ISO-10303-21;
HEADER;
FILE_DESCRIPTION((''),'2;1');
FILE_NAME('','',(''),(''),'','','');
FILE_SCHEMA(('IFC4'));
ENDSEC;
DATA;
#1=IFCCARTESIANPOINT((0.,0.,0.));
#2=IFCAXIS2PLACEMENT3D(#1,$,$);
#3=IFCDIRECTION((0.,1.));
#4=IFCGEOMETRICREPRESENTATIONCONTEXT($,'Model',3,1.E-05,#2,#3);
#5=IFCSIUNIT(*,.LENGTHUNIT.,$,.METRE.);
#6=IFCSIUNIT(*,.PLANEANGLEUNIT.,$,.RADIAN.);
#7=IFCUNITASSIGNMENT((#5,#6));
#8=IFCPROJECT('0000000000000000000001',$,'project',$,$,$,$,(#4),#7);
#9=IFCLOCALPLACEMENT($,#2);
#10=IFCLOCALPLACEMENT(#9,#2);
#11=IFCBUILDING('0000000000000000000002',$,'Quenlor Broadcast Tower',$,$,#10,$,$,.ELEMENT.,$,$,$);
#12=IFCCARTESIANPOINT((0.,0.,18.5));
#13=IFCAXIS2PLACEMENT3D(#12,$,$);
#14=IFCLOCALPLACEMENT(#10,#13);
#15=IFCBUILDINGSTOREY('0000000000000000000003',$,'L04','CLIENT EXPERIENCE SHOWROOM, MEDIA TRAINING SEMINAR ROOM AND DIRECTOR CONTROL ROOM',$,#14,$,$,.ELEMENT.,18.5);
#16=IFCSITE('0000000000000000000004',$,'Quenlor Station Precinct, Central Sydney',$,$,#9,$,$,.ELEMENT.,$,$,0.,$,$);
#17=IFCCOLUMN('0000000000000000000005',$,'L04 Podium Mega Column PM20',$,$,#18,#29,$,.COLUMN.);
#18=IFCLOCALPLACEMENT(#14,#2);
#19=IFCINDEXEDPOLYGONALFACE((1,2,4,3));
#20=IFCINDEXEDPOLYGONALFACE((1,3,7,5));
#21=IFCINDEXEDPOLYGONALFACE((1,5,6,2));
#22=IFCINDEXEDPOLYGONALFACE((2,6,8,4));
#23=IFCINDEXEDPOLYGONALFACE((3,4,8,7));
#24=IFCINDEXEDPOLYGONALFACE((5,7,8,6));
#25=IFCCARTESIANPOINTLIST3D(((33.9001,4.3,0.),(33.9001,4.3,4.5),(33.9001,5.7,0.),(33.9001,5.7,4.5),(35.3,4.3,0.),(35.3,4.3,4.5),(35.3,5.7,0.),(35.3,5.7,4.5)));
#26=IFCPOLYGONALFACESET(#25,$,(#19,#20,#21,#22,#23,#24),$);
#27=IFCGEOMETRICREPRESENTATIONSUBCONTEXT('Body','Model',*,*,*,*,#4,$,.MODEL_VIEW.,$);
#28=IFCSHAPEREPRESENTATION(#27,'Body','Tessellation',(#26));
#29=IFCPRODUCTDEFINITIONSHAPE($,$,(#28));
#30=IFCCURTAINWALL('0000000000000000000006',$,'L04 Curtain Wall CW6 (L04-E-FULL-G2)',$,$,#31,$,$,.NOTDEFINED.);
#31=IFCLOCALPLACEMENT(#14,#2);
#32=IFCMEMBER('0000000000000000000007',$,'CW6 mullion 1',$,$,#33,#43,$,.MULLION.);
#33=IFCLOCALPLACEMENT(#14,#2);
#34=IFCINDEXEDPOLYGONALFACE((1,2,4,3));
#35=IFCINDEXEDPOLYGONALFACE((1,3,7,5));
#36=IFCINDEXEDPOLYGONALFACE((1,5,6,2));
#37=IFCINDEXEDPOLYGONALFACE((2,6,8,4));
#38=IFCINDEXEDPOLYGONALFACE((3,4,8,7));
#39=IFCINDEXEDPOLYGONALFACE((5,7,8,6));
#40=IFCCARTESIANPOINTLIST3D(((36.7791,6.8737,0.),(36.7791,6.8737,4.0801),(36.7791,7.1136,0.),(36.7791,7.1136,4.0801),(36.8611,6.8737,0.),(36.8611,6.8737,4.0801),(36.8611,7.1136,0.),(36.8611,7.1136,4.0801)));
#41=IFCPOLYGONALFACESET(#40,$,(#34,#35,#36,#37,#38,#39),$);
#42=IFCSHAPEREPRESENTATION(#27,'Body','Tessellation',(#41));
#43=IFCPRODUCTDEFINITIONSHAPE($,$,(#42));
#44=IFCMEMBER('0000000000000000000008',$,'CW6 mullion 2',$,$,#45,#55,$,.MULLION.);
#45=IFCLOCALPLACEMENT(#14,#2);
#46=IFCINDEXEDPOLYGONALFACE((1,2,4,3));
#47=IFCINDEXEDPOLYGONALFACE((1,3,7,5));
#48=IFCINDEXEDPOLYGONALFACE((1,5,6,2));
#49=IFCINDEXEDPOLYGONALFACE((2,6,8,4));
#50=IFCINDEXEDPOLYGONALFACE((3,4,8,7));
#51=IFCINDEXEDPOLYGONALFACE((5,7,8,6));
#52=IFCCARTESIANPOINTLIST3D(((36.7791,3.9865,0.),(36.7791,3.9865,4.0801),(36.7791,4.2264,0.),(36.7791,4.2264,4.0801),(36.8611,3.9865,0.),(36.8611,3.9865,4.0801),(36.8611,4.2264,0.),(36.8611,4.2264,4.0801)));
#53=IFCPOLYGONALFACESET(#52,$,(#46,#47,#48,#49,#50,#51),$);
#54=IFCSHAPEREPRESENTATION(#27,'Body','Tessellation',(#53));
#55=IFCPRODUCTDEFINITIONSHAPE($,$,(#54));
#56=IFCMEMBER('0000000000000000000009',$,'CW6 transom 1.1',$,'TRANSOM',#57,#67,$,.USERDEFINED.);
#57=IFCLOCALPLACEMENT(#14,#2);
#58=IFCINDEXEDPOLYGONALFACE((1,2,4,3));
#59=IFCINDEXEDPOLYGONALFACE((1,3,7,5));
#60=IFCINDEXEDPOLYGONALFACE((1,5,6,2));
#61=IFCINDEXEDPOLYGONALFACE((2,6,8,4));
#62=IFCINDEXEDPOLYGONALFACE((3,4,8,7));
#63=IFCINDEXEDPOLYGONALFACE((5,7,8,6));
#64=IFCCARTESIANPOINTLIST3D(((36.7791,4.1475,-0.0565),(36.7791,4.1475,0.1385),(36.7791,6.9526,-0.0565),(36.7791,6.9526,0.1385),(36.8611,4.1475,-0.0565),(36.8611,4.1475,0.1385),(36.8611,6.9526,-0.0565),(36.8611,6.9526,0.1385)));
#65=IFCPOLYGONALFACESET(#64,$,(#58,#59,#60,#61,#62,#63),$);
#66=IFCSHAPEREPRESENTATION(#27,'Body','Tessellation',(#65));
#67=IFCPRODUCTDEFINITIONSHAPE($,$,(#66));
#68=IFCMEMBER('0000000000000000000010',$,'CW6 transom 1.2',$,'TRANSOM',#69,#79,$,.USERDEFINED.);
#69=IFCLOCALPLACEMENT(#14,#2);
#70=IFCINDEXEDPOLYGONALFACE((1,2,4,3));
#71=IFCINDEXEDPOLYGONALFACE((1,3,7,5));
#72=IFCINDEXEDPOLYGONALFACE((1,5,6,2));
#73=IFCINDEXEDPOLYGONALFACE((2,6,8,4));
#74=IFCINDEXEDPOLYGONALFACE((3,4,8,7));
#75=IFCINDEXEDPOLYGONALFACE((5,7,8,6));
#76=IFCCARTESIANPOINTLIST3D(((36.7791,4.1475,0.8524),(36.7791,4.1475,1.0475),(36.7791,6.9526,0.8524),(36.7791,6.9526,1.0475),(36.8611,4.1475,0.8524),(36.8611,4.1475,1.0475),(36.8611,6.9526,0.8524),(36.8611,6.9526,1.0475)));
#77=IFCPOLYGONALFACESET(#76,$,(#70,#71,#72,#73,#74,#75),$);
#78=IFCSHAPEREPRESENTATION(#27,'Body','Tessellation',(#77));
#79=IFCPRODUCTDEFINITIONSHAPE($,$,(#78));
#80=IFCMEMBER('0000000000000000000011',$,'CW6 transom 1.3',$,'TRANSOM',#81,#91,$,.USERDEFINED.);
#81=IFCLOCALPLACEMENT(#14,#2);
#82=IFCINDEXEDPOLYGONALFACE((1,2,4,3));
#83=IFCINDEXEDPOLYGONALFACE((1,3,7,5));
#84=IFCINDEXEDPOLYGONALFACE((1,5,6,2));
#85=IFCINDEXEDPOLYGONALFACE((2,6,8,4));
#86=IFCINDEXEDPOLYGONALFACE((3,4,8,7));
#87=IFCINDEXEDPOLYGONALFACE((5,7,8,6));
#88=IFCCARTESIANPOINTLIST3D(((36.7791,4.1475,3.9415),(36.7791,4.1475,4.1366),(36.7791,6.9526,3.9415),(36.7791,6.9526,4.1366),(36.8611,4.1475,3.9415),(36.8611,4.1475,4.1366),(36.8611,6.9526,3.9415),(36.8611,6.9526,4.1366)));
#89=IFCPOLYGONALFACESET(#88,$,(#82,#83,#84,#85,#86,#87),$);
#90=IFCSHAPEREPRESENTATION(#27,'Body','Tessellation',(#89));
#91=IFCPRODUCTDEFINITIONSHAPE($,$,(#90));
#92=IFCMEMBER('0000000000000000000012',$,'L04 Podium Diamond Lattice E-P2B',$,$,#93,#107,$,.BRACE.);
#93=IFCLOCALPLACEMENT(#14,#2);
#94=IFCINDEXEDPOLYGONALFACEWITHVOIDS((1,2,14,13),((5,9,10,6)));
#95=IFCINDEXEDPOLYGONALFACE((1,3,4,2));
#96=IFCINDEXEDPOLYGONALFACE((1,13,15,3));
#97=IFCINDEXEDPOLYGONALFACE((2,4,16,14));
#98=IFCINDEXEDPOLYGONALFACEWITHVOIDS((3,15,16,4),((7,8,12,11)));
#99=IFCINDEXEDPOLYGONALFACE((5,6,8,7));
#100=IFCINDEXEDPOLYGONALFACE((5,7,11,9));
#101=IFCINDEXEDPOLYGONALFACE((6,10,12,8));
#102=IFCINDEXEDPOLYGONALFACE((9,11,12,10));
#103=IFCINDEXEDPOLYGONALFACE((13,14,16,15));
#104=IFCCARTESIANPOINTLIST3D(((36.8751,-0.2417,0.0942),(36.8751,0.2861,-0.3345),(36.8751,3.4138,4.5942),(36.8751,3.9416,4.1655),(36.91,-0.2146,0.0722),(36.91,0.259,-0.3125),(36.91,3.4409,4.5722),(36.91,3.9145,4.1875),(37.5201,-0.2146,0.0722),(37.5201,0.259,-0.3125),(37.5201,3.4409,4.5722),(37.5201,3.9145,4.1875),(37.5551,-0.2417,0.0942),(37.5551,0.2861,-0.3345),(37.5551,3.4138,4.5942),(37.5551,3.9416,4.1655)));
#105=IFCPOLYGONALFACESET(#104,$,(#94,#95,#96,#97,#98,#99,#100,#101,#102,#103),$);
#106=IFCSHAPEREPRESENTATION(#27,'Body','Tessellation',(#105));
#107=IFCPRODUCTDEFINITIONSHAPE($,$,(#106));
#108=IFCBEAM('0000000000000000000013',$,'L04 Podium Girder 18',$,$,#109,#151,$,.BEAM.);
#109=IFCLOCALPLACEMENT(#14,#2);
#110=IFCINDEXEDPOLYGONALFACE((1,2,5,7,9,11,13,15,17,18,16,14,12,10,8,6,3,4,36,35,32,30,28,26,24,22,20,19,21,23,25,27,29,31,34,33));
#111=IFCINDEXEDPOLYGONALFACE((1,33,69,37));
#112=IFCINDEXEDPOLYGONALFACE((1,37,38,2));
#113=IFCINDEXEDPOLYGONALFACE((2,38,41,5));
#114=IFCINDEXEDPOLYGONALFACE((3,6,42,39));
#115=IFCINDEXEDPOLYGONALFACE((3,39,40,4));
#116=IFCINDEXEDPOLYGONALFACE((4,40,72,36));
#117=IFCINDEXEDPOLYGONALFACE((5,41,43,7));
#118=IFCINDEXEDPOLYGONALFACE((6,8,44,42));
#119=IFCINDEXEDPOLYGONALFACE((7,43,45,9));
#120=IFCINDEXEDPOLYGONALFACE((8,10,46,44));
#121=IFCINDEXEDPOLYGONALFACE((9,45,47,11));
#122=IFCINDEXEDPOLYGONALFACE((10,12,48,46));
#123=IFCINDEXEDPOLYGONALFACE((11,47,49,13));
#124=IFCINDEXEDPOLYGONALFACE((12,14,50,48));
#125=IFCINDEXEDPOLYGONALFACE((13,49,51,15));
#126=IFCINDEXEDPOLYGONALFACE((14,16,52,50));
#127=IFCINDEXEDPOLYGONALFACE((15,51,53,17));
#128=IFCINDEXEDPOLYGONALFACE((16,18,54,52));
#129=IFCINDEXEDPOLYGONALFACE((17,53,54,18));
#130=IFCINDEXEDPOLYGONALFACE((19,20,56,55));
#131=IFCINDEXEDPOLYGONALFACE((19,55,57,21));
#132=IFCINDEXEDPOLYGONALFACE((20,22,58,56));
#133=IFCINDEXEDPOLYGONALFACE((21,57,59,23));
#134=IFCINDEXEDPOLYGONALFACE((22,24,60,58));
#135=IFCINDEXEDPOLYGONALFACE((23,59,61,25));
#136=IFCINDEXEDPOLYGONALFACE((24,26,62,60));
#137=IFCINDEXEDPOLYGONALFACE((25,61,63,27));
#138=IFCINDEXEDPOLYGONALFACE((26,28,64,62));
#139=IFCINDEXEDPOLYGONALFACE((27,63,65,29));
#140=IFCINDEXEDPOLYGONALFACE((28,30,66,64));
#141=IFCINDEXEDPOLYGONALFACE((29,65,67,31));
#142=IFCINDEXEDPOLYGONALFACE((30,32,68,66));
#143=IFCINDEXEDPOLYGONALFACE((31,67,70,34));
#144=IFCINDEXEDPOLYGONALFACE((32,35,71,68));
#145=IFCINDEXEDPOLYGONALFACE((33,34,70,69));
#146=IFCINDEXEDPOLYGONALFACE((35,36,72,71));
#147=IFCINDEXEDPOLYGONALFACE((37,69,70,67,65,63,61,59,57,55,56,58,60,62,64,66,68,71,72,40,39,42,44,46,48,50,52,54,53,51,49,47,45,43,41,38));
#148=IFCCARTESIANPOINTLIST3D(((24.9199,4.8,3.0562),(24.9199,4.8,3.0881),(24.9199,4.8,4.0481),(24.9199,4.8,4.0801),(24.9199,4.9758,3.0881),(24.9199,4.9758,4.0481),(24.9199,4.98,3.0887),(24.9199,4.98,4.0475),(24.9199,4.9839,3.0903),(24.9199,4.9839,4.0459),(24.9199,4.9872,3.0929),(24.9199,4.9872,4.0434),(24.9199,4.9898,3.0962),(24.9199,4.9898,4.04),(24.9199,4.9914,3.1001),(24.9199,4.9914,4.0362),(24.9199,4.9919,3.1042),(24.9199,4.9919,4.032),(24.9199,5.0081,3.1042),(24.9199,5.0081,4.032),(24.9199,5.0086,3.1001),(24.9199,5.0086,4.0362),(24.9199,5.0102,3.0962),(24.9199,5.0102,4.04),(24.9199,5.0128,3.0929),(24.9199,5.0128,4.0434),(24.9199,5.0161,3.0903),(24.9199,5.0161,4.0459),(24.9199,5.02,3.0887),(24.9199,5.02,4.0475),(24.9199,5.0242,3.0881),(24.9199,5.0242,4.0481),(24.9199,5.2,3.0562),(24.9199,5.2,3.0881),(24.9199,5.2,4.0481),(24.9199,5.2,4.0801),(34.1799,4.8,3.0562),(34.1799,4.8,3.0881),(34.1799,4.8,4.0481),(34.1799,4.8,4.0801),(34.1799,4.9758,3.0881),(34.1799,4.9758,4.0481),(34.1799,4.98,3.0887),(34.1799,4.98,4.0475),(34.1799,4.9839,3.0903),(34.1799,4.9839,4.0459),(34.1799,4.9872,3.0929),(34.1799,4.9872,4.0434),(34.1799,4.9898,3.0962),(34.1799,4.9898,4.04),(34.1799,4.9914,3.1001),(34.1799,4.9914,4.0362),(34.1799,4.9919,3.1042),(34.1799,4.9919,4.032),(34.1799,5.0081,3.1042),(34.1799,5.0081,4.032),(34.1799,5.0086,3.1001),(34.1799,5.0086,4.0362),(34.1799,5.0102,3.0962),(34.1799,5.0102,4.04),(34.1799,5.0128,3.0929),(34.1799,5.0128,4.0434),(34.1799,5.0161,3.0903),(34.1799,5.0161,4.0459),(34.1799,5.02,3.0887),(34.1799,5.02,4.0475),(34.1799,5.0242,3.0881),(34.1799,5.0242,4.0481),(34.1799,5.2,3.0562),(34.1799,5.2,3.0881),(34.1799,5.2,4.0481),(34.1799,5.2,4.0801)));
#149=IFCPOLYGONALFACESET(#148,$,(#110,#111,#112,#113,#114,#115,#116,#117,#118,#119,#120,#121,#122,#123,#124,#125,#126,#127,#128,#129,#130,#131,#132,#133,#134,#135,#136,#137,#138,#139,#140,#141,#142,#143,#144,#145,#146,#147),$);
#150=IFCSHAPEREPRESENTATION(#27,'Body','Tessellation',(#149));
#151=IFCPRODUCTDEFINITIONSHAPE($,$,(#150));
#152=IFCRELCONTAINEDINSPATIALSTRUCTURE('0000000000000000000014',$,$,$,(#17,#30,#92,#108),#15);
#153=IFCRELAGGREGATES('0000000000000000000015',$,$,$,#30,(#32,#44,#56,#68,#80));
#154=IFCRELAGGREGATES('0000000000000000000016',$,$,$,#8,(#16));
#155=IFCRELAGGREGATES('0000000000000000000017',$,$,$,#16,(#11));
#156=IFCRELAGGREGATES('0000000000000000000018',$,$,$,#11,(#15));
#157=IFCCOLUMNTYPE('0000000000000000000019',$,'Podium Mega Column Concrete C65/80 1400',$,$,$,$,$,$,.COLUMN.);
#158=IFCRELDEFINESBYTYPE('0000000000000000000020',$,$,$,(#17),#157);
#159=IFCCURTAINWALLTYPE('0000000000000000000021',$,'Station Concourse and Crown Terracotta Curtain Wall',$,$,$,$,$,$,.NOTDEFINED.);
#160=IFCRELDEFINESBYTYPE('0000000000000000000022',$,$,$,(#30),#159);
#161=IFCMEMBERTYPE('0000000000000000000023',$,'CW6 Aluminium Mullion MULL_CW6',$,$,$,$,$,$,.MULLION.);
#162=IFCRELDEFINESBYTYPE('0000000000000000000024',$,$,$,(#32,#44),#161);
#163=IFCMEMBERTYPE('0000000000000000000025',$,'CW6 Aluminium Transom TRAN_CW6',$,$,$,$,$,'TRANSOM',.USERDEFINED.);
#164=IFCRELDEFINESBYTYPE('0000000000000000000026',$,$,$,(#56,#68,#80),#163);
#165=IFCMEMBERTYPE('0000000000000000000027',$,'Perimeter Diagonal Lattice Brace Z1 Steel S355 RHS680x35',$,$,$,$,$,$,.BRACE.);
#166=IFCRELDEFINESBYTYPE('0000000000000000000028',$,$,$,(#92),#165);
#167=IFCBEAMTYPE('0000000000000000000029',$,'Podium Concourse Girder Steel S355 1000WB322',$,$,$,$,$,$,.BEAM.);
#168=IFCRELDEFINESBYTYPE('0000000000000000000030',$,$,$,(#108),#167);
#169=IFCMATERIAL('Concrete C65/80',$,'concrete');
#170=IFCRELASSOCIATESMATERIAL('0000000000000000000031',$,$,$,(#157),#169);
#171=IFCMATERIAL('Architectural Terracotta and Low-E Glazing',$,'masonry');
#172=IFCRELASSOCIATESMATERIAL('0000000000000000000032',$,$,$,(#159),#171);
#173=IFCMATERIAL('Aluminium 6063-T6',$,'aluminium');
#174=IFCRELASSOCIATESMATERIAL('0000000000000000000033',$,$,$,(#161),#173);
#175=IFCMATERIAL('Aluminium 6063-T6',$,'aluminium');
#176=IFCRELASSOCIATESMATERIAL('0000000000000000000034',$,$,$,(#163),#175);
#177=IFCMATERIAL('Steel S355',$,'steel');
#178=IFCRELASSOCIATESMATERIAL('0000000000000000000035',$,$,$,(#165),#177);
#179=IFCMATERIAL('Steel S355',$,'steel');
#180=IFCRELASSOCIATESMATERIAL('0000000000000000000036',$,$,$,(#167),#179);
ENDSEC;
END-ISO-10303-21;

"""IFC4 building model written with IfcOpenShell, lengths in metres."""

from ifc_helpers import new_model, si_unit, direction, frame, origin, origin_2d, place, context, subcontext, project, spatial, rectangle, hollow_rectangle, i_section, extrude, material, material_profile, profile_set, type_object, element, aggregate, save


model = new_model("IFC4")

# Units and contexts
model_context = context("Model", 3, precision=1e-05, world=origin(), true_north=direction((0.0, 1.0)))
body_context = subcontext(model_context, "Body", "Model", "MODEL_VIEW")
ifc_project = project(units=[si_unit("LENGTHUNIT", "METRE"), si_unit("PLANEANGLEUNIT", "RADIAN")], contexts=[model_context])

# Site, building, storey
site_placement = place(None, origin())
site = spatial("IfcSite", under=ifc_project, at=site_placement, Name="Quenlor Station Precinct, Central Sydney", CompositionType="ELEMENT", RefElevation=0.0)
building_placement = place(site_placement, origin())
building = spatial("IfcBuilding", under=site, at=building_placement, Name="Quenlor Broadcast Tower", CompositionType="ELEMENT")
storey_placement = place(building_placement, frame((0.0, 0.0, 18.5)))
storey = spatial("IfcBuildingStorey", under=building, at=storey_placement, Name="L04", Description="CLIENT EXPERIENCE SHOWROOM, MEDIA TRAINING SEMINAR ROOM AND DIRECTOR CONTROL ROOM", CompositionType="ELEMENT", Elevation=18.5)

# Column
ifc_material_1 = material(Name="Concrete C65/80", Category="concrete")
ifc_material_profile_1 = material_profile(ifc_material_1, rectangle(XDim=1.3999, YDim=1.3999, at=origin_2d()))
ifc_profile_set_1 = profile_set([ifc_material_profile_1], Name="Concrete C65/80 RC1400x1400")
column_type = type_object("IfcColumnType", Name="Podium Mega Column Concrete C65/80 1400", PredefinedType="COLUMN", material=ifc_profile_set_1)
column_placement = place(storey_placement, frame((34.6001, 5.0, 0.0), z_axis=(0.0, 0.0, 1.0), x_axis=(1.0, 0.0, 0.0)))
element("IfcColumn", 1, at=column_placement, inside=storey, type_object=column_type, Name="L04 Podium Mega Column PM20", PredefinedType="COLUMN", context=body_context, shape_type="SweptSolid", body=[
    extrude(rectangle(XDim=1.3999, YDim=1.3999, at=origin_2d()), origin(), (0.0, 0.0, 1.0), 4.5),
])

# Curtain wall, members
ifc_material_2 = material(Name="Architectural Terracotta and Low-E Glazing", Category="masonry")
curtain_wall_type = type_object("IfcCurtainWallType", Name="Station Concourse and Crown Terracotta Curtain Wall", PredefinedType="NOTDEFINED", material=ifc_material_2)
curtain_wall_placement = place(storey_placement, origin())
curtain_wall = element("IfcCurtainWall", 2, at=curtain_wall_placement, inside=storey, type_object=curtain_wall_type, Name="L04 Curtain Wall CW6 (L04-E-FULL-G2)", PredefinedType="NOTDEFINED")
ifc_material_3 = material(Name="Aluminium 6063-T6", Category="aluminium")
ifc_material_profile_2 = material_profile(ifc_material_3, rectangle(XDim=0.082, YDim=0.24, at=origin_2d()))
ifc_profile_set_2 = profile_set([ifc_material_profile_2], Name="Aluminium 6063-T6 MULL82x240")
member_type_1 = type_object("IfcMemberType", Name="CW6 Aluminium Mullion MULL_CW6", PredefinedType="MULLION", material=ifc_profile_set_2)
member_1_placement = place(storey_placement, frame((36.8201, 6.9937, 0.0), z_axis=(0.0, 0.0, 1.0), x_axis=(1.0, 0.0, 0.0)))
member_1 = element("IfcMember", 3, at=member_1_placement, type_object=member_type_1, Name="CW6 mullion 1", PredefinedType="MULLION", context=body_context, shape_type="SweptSolid", body=[
    extrude(rectangle(XDim=0.082, YDim=0.24, at=origin_2d()), origin(), (0.0, 0.0, 1.0), 4.0801),
])
member_2_placement = place(storey_placement, frame((36.8201, 4.1064, 0.0), z_axis=(0.0, 0.0, 1.0), x_axis=(1.0, 0.0, 0.0)))
member_2 = element("IfcMember", 4, at=member_2_placement, type_object=member_type_1, Name="CW6 mullion 2", PredefinedType="MULLION", context=body_context, shape_type="SweptSolid", body=[
    extrude(rectangle(XDim=0.082, YDim=0.24, at=origin_2d()), origin(), (0.0, 0.0, 1.0), 4.0801),
])
ifc_material_4 = material(Name="Aluminium 6063-T6", Category="aluminium")
ifc_material_profile_3 = material_profile(ifc_material_4, rectangle(XDim=0.082, YDim=0.1951, at=origin_2d()))
ifc_profile_set_3 = profile_set([ifc_material_profile_3], Name="Aluminium 6063-T6 TRAN82x195")
member_type_2 = type_object("IfcMemberType", Name="CW6 Aluminium Transom TRAN_CW6", ElementType="TRANSOM", PredefinedType="USERDEFINED", material=ifc_profile_set_3)
member_3_placement = place(storey_placement, frame((36.8201, 6.9526, 0.041), z_axis=(0.0, -1.0, 0.0), x_axis=(1.0, 0.0, 0.0)))
member_3 = element("IfcMember", 5, at=member_3_placement, type_object=member_type_2, Name="CW6 transom 1.1", ObjectType="TRANSOM", PredefinedType="USERDEFINED", context=body_context, shape_type="SweptSolid", body=[
    extrude(rectangle(XDim=0.082, YDim=0.1951, at=origin_2d()), origin(), (0.0, 0.0, 1.0), 2.8052),
])
member_4_placement = place(storey_placement, frame((36.8201, 6.9526, 0.95), z_axis=(0.0, -1.0, 0.0), x_axis=(1.0, 0.0, 0.0)))
member_4 = element("IfcMember", 6, at=member_4_placement, type_object=member_type_2, Name="CW6 transom 1.2", ObjectType="TRANSOM", PredefinedType="USERDEFINED", context=body_context, shape_type="SweptSolid", body=[
    extrude(rectangle(XDim=0.082, YDim=0.1951, at=origin_2d()), origin(), (0.0, 0.0, 1.0), 2.8052),
])
member_5_placement = place(storey_placement, frame((36.8201, 6.9526, 4.0391), z_axis=(0.0, -1.0, 0.0), x_axis=(1.0, 0.0, 0.0)))
member_5 = element("IfcMember", 7, at=member_5_placement, type_object=member_type_2, Name="CW6 transom 1.3", ObjectType="TRANSOM", PredefinedType="USERDEFINED", context=body_context, shape_type="SweptSolid", body=[
    extrude(rectangle(XDim=0.082, YDim=0.1951, at=origin_2d()), origin(), (0.0, 0.0, 1.0), 2.8052),
])

# Member
ifc_material_5 = material(Name="Steel S355", Category="steel")
ifc_material_profile_4 = material_profile(ifc_material_5, hollow_rectangle(XDim=0.6799, YDim=0.6799, WallThickness=0.0349, at=origin_2d()))
ifc_profile_set_4 = profile_set([ifc_material_profile_4], Name="Steel S355 RHS680x680x35")
member_type_3 = type_object("IfcMemberType", Name="Perimeter Diagonal Lattice Brace Z1 Steel S355 RHS680x35", PredefinedType="BRACE", material=ifc_profile_set_4)
member_6_placement = place(storey_placement, frame((37.2151, 0.0222, -0.1201), z_axis=(0.0, 0.630517, 0.776176), x_axis=(-1.0, 0.0, 0.0)))
element("IfcMember", 8, at=member_6_placement, inside=storey, type_object=member_type_3, Name="L04 Podium Diamond Lattice E-P2B", PredefinedType="BRACE", context=body_context, shape_type="SweptSolid", body=[
    extrude(hollow_rectangle(XDim=0.6799, YDim=0.6799, WallThickness=0.0349, at=origin_2d()), origin(), (0.0, 0.0, 1.0), 5.7976),
])

# Beam
ifc_material_6 = material(Name="Steel S355", Category="steel")
ifc_material_profile_5 = material_profile(ifc_material_6, i_section(OverallWidth=0.3999, OverallDepth=1.0239, WebThickness=0.0161, FlangeThickness=0.032, FilletRadius=0.0161, at=origin_2d()))
ifc_profile_set_5 = profile_set([ifc_material_profile_5], Name="Steel S355 1000WB322")
beam_type_1 = type_object("IfcBeamType", Name="Podium Concourse Girder Steel S355 1000WB322", PredefinedType="BEAM", material=ifc_profile_set_5)
beam_1_placement = place(storey_placement, frame((24.9199, 5.0, 3.5681), z_axis=(1.0, 0.0, 0.0), x_axis=(0.0, 1.0, 0.0)))
element("IfcBeam", 9, at=beam_1_placement, inside=storey, type_object=beam_type_1, Name="L04 Podium Girder 18", PredefinedType="BEAM", context=body_context, shape_type="SweptSolid", body=[
    extrude(i_section(OverallWidth=0.3999, OverallDepth=1.0239, WebThickness=0.0161, FlangeThickness=0.032, FilletRadius=0.0161, at=origin_2d()), origin(), (0.0, 0.0, 1.0), 9.26),
])

aggregate(curtain_wall, [member_1, member_2, member_3, member_4, member_5])

save(model, "model.ifc")
